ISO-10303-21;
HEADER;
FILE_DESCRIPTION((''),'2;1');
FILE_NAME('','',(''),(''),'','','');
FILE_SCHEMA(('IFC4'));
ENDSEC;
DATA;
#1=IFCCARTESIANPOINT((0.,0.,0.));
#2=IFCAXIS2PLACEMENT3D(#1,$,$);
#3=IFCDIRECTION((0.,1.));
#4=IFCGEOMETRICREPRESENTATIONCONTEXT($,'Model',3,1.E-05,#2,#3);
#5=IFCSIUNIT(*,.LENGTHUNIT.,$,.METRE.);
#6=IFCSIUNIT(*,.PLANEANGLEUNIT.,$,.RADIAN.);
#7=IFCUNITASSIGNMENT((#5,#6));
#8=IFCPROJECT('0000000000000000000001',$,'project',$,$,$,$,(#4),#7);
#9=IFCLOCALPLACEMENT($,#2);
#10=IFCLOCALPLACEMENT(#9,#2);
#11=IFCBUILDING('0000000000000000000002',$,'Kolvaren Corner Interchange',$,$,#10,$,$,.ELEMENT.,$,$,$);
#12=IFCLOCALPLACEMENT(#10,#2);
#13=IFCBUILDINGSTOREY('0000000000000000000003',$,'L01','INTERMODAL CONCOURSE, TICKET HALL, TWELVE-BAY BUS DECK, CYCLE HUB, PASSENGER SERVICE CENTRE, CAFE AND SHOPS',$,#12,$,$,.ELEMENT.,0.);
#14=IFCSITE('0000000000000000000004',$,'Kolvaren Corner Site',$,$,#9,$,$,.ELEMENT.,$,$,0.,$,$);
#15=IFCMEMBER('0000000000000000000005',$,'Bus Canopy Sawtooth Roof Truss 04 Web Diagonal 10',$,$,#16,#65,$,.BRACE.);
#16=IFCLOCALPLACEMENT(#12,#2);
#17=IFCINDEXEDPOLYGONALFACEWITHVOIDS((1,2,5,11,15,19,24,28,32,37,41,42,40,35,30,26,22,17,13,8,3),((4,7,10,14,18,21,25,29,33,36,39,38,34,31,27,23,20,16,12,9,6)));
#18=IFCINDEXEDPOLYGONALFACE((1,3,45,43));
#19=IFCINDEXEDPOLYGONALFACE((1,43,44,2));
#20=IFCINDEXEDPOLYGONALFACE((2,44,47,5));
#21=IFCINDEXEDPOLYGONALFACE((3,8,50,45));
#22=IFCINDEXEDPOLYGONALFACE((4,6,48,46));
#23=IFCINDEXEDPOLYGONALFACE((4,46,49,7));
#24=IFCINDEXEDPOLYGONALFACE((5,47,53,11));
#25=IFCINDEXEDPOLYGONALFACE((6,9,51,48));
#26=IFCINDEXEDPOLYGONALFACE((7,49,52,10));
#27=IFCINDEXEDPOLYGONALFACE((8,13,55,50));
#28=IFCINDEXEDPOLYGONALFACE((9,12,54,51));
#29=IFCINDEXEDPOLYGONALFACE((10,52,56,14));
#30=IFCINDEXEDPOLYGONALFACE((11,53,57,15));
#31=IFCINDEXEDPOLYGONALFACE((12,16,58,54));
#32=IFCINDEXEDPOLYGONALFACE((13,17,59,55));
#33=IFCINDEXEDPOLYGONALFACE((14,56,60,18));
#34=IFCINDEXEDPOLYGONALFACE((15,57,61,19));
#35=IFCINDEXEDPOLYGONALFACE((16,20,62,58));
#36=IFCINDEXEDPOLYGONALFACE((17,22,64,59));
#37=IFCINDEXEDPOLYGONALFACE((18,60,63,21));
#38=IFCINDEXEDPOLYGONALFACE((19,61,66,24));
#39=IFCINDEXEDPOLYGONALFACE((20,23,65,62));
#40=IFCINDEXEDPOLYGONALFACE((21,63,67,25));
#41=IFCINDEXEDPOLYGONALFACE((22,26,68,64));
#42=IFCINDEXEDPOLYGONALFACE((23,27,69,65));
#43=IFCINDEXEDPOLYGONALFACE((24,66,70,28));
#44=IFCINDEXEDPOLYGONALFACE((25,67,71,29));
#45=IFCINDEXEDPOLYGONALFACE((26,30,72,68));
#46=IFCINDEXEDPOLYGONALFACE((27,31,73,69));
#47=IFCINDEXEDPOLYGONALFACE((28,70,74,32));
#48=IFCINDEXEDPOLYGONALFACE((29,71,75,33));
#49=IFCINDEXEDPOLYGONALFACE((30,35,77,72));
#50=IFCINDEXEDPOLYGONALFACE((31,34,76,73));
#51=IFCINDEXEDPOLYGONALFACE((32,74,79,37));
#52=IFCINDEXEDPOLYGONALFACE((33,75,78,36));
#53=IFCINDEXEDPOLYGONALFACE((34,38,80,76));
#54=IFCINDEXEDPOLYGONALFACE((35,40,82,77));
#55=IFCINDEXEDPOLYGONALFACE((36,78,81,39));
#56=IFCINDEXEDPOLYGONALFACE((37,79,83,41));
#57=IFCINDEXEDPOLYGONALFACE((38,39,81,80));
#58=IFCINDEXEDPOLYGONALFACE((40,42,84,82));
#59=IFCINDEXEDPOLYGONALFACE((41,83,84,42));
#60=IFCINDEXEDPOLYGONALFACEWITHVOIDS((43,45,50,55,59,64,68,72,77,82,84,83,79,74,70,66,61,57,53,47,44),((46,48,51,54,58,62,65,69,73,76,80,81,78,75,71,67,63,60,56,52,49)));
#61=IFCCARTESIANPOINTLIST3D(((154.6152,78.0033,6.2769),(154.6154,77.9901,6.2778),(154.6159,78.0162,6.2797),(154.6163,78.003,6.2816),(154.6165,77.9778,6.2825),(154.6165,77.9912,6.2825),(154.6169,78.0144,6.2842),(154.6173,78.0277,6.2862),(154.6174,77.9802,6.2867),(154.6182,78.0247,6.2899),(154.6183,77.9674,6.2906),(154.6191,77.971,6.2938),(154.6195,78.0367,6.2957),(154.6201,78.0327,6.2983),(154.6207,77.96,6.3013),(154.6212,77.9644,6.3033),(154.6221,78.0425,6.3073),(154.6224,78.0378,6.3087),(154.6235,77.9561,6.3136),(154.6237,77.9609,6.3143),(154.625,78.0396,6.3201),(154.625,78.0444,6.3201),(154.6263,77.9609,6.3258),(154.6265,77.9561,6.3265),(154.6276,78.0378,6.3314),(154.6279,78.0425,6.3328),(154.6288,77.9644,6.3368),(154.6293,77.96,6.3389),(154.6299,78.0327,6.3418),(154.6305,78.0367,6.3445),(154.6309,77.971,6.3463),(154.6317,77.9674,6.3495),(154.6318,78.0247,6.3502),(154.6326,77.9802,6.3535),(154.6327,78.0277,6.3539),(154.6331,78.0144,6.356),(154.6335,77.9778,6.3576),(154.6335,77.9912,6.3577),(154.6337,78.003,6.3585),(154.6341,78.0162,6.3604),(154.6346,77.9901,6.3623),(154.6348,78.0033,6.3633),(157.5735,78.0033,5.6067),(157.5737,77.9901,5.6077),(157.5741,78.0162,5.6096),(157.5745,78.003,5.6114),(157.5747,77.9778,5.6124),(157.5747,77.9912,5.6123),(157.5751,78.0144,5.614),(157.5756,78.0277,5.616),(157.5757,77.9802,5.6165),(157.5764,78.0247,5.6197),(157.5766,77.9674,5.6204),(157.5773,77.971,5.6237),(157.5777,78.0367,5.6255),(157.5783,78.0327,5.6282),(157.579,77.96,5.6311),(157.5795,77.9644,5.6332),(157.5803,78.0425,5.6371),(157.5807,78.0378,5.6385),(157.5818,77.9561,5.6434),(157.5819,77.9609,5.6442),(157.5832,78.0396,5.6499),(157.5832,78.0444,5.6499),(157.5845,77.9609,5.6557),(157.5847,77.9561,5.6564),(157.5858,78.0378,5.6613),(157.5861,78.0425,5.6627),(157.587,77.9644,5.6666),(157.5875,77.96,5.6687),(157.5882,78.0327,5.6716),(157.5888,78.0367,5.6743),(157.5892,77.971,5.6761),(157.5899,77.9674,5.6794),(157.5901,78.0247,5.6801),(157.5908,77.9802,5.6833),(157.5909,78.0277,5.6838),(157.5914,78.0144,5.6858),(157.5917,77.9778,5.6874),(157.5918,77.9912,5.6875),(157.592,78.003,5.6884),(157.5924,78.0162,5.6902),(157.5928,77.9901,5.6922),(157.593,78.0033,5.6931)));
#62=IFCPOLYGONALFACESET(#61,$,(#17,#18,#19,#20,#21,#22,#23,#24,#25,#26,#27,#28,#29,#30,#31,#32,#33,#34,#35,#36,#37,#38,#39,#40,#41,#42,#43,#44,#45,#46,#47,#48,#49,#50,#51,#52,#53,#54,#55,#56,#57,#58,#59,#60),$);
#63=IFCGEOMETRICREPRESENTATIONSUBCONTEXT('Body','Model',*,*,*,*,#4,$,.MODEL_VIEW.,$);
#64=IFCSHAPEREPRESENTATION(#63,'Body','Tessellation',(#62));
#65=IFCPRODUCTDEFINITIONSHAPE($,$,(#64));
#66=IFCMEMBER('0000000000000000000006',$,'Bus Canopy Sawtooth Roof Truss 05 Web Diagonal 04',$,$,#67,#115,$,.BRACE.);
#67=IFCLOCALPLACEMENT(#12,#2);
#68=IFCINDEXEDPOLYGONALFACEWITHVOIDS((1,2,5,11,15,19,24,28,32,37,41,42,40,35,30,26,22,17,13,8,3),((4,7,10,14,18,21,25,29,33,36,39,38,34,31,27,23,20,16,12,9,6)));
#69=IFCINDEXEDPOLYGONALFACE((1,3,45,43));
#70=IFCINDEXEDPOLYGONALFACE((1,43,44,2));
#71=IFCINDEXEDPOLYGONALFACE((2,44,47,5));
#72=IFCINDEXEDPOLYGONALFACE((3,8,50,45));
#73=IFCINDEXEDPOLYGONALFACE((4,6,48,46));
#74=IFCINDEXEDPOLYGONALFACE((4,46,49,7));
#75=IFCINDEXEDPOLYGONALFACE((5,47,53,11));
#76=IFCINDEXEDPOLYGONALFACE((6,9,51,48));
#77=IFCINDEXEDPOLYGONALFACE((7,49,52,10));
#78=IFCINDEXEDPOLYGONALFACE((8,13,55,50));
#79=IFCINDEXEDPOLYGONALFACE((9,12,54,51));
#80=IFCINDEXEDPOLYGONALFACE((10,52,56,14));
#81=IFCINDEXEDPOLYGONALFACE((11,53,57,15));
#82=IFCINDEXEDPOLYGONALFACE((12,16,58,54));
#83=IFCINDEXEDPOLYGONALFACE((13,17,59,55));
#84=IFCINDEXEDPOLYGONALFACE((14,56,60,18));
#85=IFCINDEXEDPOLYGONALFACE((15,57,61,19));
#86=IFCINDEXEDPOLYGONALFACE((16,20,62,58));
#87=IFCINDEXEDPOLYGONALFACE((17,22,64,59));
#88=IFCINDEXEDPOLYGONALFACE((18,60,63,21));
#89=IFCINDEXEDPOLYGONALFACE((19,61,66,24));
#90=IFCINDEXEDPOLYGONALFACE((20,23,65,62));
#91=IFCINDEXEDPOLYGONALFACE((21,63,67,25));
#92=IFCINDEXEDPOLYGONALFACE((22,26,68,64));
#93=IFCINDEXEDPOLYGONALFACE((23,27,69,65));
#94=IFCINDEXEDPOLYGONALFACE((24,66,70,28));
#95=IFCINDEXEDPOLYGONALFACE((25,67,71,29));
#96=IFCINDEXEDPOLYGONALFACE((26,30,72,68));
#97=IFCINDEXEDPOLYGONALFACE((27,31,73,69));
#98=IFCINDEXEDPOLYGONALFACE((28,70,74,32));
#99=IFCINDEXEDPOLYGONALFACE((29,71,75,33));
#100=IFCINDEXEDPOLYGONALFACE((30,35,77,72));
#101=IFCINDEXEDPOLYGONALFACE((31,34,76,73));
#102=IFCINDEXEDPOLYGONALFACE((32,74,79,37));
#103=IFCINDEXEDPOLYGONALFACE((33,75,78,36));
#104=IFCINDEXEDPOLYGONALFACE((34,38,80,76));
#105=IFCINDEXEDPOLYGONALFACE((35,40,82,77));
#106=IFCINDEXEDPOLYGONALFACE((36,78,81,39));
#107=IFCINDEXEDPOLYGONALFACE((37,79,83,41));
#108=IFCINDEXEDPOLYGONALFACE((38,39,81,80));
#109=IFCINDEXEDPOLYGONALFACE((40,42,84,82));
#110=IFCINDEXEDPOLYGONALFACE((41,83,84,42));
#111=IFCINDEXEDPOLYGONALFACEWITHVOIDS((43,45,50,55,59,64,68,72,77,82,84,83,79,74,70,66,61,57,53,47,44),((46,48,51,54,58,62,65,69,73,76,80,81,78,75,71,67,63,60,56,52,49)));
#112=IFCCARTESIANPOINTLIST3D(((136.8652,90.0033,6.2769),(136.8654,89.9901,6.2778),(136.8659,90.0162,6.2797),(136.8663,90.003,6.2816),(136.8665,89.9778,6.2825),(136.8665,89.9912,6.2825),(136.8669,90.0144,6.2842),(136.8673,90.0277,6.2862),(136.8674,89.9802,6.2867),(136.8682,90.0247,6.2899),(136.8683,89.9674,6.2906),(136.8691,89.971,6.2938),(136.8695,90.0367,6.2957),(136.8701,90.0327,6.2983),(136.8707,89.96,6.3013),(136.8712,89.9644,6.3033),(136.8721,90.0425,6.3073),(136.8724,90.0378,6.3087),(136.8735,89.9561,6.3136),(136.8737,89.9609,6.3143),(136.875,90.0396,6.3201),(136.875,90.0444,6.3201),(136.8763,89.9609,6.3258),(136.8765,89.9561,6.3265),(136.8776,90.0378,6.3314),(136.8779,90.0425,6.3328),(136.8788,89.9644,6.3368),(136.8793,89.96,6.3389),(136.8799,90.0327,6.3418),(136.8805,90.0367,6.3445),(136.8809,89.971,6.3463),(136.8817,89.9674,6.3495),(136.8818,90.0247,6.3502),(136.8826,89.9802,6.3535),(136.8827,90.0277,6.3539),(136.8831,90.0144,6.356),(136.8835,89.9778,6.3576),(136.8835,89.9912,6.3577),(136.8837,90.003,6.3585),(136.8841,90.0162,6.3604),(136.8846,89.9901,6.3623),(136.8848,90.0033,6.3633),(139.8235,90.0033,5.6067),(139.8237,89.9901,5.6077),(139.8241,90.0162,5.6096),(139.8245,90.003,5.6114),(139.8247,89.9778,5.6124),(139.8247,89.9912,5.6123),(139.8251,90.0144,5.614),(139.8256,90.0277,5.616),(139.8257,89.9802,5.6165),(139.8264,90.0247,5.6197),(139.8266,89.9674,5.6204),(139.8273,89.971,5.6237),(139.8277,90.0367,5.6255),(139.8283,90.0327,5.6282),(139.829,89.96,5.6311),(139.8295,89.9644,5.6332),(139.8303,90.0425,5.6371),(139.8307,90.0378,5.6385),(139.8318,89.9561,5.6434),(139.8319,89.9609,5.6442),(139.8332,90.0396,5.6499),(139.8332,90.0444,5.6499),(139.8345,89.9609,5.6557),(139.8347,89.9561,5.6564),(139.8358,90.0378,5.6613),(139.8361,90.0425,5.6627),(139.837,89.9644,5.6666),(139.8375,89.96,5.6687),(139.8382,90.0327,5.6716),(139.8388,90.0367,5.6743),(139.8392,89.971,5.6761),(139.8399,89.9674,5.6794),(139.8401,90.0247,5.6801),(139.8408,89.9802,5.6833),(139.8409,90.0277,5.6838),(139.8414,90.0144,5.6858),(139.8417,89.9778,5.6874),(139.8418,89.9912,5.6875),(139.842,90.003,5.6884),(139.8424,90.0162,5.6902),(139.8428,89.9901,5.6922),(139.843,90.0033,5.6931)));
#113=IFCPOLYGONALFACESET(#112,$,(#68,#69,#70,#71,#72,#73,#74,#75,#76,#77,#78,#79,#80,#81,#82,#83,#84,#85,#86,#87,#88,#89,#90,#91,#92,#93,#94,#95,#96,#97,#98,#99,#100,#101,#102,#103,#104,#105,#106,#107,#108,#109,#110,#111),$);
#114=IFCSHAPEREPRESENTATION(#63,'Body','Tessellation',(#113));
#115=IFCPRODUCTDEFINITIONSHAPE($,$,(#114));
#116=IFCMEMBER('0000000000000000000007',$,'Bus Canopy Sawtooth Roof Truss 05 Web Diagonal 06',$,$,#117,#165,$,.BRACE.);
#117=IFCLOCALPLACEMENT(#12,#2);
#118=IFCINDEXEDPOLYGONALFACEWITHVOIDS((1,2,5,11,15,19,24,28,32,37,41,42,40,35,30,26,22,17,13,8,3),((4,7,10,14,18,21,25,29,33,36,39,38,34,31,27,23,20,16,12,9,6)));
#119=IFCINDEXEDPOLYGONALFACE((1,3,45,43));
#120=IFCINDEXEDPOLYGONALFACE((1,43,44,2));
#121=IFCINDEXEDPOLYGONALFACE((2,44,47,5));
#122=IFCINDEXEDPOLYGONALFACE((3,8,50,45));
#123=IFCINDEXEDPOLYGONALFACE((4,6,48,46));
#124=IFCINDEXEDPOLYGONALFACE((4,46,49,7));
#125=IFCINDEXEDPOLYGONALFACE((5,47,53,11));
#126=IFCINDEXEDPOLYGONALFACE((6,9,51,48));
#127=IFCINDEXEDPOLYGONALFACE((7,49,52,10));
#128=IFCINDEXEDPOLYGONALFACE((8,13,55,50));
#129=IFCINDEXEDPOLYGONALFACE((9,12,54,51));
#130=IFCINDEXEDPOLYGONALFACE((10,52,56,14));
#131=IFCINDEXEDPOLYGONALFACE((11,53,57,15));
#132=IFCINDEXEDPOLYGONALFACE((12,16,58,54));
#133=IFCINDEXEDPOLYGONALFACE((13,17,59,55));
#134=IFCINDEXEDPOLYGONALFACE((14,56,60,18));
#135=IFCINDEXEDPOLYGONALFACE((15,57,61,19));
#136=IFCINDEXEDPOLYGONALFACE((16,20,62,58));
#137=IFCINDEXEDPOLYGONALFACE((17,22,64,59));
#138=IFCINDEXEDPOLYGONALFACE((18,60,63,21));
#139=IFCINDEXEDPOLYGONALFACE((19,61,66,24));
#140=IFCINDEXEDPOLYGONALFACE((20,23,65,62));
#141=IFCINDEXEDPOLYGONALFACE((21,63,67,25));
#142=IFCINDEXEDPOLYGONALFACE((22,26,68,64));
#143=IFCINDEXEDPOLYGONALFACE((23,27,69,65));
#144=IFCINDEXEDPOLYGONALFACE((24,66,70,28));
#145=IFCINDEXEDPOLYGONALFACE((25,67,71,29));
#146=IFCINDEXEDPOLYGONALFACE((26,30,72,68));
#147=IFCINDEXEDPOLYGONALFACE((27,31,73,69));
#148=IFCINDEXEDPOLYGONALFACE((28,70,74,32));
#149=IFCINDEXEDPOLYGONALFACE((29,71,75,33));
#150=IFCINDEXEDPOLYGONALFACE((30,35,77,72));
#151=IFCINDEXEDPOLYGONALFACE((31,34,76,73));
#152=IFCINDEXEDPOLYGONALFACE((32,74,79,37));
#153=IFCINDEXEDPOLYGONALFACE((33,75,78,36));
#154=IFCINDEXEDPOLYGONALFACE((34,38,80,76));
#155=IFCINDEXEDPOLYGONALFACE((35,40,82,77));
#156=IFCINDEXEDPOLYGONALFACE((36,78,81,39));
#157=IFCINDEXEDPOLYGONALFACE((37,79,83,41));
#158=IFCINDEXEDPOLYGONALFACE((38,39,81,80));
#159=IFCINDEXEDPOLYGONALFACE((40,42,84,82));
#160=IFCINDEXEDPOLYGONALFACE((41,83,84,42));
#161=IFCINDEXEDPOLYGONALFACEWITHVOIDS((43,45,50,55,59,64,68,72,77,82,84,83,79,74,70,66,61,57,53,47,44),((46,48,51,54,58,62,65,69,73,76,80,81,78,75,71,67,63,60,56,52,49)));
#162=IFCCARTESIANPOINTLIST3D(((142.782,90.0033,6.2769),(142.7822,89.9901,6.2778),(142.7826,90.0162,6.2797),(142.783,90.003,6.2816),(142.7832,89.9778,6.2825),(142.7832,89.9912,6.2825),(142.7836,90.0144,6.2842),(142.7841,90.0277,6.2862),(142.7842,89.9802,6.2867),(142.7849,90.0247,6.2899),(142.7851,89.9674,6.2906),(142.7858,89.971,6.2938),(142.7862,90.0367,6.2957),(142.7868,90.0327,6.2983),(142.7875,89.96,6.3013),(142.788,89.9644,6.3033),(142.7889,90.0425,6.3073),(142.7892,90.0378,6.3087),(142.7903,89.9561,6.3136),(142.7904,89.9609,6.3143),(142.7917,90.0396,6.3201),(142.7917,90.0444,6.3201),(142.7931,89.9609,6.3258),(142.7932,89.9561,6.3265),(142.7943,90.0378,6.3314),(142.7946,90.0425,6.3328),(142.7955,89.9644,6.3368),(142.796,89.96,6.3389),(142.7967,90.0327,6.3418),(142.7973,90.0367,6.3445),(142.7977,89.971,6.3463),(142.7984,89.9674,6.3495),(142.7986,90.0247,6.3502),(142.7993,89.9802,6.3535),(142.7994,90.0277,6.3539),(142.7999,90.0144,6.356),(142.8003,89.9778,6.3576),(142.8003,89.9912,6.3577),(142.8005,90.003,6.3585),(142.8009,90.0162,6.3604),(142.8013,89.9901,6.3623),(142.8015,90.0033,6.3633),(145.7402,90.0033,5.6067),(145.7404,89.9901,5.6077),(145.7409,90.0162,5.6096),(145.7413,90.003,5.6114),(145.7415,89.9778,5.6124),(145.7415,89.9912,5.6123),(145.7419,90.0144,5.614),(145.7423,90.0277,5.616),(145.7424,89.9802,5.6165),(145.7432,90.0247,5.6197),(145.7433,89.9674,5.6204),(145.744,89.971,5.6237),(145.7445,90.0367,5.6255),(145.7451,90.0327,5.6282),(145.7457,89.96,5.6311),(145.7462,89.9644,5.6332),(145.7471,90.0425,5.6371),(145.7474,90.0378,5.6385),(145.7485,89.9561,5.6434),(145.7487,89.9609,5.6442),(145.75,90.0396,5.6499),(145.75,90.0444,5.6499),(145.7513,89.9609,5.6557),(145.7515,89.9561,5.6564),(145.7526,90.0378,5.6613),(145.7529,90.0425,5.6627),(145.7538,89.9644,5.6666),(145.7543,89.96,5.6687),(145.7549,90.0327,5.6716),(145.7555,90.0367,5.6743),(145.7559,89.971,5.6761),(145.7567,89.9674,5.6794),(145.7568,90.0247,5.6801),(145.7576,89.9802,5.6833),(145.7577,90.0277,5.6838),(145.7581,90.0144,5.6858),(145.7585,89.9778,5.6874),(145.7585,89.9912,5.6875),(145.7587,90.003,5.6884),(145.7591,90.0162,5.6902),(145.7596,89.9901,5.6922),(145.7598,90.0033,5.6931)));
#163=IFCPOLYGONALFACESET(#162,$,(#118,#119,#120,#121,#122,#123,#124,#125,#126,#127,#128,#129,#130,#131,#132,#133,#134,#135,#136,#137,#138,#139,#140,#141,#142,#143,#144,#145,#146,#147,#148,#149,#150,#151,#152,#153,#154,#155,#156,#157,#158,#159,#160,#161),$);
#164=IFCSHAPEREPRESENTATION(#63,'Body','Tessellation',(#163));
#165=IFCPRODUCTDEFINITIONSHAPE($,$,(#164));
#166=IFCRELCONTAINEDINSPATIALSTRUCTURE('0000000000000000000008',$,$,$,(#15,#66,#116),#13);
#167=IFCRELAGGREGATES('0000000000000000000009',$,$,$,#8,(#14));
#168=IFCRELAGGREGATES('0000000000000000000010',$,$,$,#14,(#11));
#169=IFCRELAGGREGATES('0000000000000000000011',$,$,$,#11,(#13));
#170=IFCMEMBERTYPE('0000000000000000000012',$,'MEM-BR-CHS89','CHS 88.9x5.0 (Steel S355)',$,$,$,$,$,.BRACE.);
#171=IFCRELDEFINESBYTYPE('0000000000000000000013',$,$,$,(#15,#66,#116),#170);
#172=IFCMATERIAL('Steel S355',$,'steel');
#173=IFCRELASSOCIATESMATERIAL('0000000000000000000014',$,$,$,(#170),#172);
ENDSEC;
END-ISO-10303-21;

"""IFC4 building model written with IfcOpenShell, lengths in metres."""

from ifc_helpers import new_model, si_unit, direction, frame, origin, origin_2d, place, context, subcontext, project, spatial, hollow_circle, extrude, material, material_profile, profile_set, type_object, element, save


model = new_model("IFC4")

# Units and contexts
model_context = context("Model", 3, precision=1e-05, world=origin(), true_north=direction((0.0, 1.0)))
body_context = subcontext(model_context, "Body", "Model", "MODEL_VIEW")
ifc_project = project(units=[si_unit("LENGTHUNIT", "METRE"), si_unit("PLANEANGLEUNIT", "RADIAN")], contexts=[model_context])

# Site, building, storey
site_placement = place(None, origin())
site = spatial("IfcSite", under=ifc_project, at=site_placement, Name="Kolvaren Corner Site", CompositionType="ELEMENT", RefElevation=0.0)
building_placement = place(site_placement, origin())
building = spatial("IfcBuilding", under=site, at=building_placement, Name="Kolvaren Corner Interchange", CompositionType="ELEMENT")
storey_placement = place(building_placement, origin())
storey = spatial("IfcBuildingStorey", under=building, at=storey_placement, Name="L01", Description="INTERMODAL CONCOURSE, TICKET HALL, TWELVE-BAY BUS DECK, CYCLE HUB, PASSENGER SERVICE CENTRE, CAFE AND SHOPS", CompositionType="ELEMENT", Elevation=0.0)

# Members
ifc_material_1 = material(Name="Steel S355", Category="steel")
ifc_material_profile_1 = material_profile(ifc_material_1, hollow_circle(Radius=0.0444, WallThickness=0.0049, at=origin_2d()), Name="CHS 88.9x5.0")
ifc_profile_set_1 = profile_set([ifc_material_profile_1], Name="Steel S355")
member_type_1 = type_object("IfcMemberType", Name="MEM-BR-CHS89", Description="CHS 88.9x5.0 (Steel S355)", PredefinedType="BRACE", material=ifc_profile_set_1)
for number, where, z_axis, x_axis, name in (
    (1, (154.625, 78.0, 6.3201), (0.975287, 0.0, -0.220943), (0.0, 1.0, 0.0), "Bus Canopy Sawtooth Roof Truss 04 Web Diagonal 10"),
    (2, (136.875, 90.0, 6.3201), (0.975287, 0.0, -0.220943), (0.0, 1.0, 0.0), "Bus Canopy Sawtooth Roof Truss 05 Web Diagonal 04"),
    (3, (142.7917, 90.0, 6.3201), (0.975287, 0.0, -0.220943), (0.0, 1.0, 0.0), "Bus Canopy Sawtooth Roof Truss 05 Web Diagonal 06"),
):
    element("IfcMember", number, at=place(storey_placement, frame(where, z_axis=z_axis, x_axis=x_axis)), inside=storey, type_object=member_type_1, Name=name, PredefinedType="BRACE", context=body_context, shape_type="SweptSolid", body=[
        extrude(hollow_circle(Radius=0.0444, WallThickness=0.0049, at=origin_2d()), origin(), (0.0, 0.0, 1.0), 3.0332),
    ])

save(model, "model.ifc")
